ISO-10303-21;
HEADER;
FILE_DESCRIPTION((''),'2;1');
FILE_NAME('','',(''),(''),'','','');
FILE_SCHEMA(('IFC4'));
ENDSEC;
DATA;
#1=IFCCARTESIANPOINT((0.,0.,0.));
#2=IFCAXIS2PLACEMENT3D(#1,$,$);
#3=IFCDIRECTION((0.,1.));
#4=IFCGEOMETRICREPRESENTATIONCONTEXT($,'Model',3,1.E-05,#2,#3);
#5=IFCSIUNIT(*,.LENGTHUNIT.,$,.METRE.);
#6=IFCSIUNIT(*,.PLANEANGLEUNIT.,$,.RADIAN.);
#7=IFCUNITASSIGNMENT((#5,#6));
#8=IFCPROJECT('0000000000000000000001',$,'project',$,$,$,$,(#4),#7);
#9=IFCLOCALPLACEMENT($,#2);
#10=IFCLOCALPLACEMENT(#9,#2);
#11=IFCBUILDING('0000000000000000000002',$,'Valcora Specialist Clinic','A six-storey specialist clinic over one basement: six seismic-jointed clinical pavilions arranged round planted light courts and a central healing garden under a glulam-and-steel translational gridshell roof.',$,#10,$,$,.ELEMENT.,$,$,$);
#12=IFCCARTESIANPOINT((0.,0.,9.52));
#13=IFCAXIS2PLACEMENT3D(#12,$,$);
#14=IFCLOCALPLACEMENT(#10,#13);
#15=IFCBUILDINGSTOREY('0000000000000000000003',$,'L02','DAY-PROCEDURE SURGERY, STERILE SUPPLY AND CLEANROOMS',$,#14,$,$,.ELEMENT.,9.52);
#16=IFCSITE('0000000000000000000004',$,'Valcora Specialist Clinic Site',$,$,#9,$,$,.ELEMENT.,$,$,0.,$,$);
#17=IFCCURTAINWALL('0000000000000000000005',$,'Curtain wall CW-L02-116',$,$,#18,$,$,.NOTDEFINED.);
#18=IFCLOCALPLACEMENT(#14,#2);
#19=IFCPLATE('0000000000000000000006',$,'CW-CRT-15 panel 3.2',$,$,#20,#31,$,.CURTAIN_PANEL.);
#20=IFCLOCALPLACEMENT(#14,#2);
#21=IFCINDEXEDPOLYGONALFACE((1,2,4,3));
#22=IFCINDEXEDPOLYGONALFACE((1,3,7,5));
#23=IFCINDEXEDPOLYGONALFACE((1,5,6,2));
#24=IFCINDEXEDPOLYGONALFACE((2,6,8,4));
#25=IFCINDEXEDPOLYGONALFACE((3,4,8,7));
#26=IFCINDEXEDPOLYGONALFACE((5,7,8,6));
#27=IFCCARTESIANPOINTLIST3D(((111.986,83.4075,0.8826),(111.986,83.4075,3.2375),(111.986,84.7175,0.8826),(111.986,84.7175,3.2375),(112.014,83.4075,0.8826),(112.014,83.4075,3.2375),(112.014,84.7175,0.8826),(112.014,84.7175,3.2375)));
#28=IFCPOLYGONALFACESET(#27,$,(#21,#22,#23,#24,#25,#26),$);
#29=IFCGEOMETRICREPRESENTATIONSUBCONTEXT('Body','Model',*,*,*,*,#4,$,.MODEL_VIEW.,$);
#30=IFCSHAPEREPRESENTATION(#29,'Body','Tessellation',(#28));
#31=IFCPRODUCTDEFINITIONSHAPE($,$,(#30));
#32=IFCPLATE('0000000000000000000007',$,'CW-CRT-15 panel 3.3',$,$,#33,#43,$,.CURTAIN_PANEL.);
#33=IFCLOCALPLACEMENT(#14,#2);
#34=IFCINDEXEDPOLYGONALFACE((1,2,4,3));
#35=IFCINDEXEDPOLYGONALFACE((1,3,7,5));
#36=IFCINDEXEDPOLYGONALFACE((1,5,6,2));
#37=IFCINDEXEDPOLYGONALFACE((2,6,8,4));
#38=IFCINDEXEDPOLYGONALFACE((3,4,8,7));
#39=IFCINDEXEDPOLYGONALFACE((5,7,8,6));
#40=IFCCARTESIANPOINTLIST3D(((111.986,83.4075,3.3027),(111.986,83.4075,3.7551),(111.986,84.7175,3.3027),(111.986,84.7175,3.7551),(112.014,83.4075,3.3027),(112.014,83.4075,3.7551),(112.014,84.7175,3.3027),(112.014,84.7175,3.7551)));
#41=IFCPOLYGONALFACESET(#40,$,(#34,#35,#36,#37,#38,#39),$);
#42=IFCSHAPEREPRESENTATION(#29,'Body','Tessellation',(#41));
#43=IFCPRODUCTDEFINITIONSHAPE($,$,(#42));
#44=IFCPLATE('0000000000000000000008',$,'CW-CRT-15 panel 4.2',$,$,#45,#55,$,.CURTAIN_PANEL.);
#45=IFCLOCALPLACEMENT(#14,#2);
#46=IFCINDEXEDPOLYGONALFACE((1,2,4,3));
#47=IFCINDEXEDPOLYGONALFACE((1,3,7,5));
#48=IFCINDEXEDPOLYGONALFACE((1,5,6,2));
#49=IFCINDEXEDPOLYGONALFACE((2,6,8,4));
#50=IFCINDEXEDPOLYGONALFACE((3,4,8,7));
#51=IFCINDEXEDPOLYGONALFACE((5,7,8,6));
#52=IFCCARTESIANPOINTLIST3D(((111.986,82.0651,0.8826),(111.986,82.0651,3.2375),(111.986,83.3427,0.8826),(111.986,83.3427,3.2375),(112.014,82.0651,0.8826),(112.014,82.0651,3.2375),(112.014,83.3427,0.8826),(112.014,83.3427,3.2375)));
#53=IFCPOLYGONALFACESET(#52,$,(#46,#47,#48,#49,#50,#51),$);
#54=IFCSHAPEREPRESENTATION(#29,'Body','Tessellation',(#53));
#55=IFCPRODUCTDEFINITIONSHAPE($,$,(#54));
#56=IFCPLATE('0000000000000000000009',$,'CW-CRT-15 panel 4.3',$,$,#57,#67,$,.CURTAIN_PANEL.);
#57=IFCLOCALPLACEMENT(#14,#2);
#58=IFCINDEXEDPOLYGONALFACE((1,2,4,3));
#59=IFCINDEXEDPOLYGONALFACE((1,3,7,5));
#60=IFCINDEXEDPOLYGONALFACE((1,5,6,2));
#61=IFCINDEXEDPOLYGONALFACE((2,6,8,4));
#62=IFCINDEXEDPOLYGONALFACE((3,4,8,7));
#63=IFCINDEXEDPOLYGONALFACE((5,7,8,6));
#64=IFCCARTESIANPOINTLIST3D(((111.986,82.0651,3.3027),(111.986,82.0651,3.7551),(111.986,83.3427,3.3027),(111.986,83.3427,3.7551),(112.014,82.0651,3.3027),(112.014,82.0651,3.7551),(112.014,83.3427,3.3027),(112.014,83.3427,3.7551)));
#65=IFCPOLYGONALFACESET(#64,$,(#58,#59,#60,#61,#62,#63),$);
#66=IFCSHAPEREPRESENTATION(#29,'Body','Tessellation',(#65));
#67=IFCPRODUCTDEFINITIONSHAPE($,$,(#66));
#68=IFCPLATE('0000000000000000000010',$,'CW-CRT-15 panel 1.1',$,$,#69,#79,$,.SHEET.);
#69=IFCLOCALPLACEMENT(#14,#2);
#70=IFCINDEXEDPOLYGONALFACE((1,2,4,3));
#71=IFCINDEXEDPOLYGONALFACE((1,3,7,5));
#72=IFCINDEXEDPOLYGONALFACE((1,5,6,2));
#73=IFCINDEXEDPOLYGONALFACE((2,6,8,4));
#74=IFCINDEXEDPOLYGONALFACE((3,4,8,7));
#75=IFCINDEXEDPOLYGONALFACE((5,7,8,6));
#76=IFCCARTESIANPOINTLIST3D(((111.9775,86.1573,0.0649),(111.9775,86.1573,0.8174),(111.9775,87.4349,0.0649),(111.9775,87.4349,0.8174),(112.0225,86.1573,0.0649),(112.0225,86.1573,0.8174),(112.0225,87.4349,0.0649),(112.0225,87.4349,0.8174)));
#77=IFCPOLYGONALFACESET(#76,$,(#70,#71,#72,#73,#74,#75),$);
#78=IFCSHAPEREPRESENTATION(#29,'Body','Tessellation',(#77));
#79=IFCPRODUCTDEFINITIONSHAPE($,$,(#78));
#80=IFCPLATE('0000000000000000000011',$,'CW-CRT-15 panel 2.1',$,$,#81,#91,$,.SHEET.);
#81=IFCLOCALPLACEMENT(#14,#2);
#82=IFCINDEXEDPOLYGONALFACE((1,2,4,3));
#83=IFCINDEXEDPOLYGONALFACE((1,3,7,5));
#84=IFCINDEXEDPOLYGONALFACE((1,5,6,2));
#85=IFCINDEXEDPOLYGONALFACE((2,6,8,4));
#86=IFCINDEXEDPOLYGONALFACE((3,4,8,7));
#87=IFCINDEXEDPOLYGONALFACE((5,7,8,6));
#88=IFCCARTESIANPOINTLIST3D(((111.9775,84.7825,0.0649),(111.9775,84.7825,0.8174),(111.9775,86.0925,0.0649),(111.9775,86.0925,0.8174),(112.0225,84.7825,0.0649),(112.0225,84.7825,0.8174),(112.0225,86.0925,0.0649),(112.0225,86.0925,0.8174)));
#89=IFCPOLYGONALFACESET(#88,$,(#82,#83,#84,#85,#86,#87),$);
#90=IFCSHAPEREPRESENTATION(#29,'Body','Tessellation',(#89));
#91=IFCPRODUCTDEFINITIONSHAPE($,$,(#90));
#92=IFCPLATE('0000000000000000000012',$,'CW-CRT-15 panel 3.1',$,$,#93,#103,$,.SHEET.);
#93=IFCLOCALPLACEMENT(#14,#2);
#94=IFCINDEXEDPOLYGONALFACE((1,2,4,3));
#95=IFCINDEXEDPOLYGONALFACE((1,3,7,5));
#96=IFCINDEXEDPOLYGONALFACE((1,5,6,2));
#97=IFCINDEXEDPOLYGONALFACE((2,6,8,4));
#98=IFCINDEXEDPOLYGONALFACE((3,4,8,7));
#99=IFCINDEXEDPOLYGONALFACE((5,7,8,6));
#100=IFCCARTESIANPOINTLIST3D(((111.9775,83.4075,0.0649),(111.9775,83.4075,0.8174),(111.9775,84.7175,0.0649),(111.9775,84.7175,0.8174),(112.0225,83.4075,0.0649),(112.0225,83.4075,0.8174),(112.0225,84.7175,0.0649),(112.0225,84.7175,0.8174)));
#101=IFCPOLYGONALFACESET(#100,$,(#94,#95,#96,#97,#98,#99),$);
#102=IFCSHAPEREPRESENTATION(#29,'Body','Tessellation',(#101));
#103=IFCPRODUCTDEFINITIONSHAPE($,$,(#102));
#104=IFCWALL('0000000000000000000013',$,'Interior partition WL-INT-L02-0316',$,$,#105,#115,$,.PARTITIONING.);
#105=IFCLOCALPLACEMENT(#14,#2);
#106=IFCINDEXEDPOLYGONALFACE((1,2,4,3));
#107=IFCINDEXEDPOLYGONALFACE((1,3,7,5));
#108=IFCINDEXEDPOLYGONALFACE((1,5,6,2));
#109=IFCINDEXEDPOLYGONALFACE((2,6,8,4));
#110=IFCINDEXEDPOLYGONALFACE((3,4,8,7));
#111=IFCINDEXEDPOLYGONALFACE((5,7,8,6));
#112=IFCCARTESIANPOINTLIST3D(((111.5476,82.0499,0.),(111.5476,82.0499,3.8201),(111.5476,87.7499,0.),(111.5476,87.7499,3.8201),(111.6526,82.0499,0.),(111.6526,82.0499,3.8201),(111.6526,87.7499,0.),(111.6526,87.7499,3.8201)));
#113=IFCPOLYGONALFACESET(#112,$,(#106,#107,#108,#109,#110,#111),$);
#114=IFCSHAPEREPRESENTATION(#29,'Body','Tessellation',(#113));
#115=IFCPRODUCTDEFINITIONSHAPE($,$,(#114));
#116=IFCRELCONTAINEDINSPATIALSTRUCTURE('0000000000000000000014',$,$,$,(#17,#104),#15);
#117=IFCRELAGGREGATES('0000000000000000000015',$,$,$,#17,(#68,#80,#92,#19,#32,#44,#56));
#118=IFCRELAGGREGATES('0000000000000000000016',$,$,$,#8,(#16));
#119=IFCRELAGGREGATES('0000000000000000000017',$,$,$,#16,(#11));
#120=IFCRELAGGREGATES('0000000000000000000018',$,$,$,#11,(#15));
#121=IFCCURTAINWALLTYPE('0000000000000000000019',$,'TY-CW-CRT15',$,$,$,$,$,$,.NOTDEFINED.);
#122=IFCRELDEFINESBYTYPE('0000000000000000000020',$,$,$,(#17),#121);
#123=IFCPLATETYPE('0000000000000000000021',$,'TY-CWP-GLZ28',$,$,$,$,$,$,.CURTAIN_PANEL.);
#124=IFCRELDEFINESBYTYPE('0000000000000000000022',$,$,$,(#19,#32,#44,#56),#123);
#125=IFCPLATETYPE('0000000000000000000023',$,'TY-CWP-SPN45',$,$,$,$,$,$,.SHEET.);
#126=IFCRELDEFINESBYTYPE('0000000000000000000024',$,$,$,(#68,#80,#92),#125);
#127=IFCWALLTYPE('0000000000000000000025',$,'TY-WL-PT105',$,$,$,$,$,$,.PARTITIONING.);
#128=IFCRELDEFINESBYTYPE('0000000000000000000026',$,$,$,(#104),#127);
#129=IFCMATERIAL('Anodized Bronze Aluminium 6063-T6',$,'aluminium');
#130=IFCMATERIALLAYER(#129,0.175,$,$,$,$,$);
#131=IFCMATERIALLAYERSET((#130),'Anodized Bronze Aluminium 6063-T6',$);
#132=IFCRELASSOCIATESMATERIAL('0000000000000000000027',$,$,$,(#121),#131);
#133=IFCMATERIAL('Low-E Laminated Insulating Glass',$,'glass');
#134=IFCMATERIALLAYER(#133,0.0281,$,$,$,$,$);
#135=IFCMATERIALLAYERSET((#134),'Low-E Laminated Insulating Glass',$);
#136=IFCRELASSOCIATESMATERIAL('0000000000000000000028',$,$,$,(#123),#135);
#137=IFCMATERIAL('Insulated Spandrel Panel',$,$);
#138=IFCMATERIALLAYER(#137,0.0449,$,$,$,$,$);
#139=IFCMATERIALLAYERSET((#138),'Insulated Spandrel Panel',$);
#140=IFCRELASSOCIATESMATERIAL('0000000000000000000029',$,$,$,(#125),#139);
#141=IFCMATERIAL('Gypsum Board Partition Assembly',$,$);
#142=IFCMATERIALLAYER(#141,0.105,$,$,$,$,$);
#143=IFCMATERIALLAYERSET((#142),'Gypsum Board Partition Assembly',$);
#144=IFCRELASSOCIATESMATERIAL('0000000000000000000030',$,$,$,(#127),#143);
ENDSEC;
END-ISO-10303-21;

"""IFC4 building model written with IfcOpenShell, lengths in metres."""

from ifc_helpers import new_model, si_unit, direction, frame, frame_2d, origin, origin_2d, place, context, subcontext, project, spatial, rectangle, extrude, material, layer, layer_set, type_object, element, aggregate, save


model = new_model("IFC4")

# Units and contexts
model_context = context("Model", 3, precision=1e-05, world=origin(), true_north=direction((0.0, 1.0)))
body_context = subcontext(model_context, "Body", "Model", "MODEL_VIEW")
ifc_project = project(units=[si_unit("LENGTHUNIT", "METRE"), si_unit("PLANEANGLEUNIT", "RADIAN")], contexts=[model_context])

# Site, building, storey
site_placement = place(None, origin())
site = spatial("IfcSite", under=ifc_project, at=site_placement, Name="Valcora Specialist Clinic Site", CompositionType="ELEMENT", RefElevation=0.0)
building_placement = place(site_placement, origin())
building = spatial("IfcBuilding", under=site, at=building_placement, Name="Valcora Specialist Clinic", Description="A six-storey specialist clinic over one basement: six seismic-jointed clinical pavilions arranged round planted light courts and a central healing garden under a glulam-and-steel translational gridshell roof.", CompositionType="ELEMENT")
storey_placement = place(building_placement, frame((0.0, 0.0, 9.52)))
storey = spatial("IfcBuildingStorey", under=building, at=storey_placement, Name="L02", Description="DAY-PROCEDURE SURGERY, STERILE SUPPLY AND CLEANROOMS", CompositionType="ELEMENT", Elevation=9.52)

# Curtain wall, plates
ifc_material_1 = material(Name="Anodized Bronze Aluminium 6063-T6", Category="aluminium")
ifc_layer_1 = layer(ifc_material_1, 0.175)
ifc_layer_set_1 = layer_set([ifc_layer_1], Name="Anodized Bronze Aluminium 6063-T6")
curtain_wall_type = type_object("IfcCurtainWallType", Name="TY-CW-CRT15", PredefinedType="NOTDEFINED", material=ifc_layer_set_1)
curtain_wall_placement = place(storey_placement, origin())
curtain_wall = element("IfcCurtainWall", 1, at=curtain_wall_placement, inside=storey, type_object=curtain_wall_type, Name="Curtain wall CW-L02-116", PredefinedType="NOTDEFINED")
ifc_material_2 = material(Name="Low-E Laminated Insulating Glass", Category="glass")
ifc_layer_2 = layer(ifc_material_2, 0.0281)
ifc_layer_set_2 = layer_set([ifc_layer_2], Name="Low-E Laminated Insulating Glass")
plate_type_1 = type_object("IfcPlateType", Name="TY-CWP-GLZ28", PredefinedType="CURTAIN_PANEL", material=ifc_layer_set_2)
plate_1_placement = place(storey_placement, frame((112.0, 84.0625, 0.8826), z_axis=(0.0, 0.0, 1.0), x_axis=(0.0, -1.0, 0.0)))
plate_1 = element("IfcPlate", 2, at=plate_1_placement, type_object=plate_type_1, Name="CW-CRT-15 panel 3.2", PredefinedType="CURTAIN_PANEL", context=body_context, shape_type="SweptSolid", body=[
    extrude(rectangle(XDim=1.3101, YDim=0.0281, at=origin_2d()), origin(), (0.0, 0.0, 1.0), 2.355),
])
plate_2_placement = place(storey_placement, frame((112.0, 84.0625, 3.3027), z_axis=(0.0, 0.0, 1.0), x_axis=(0.0, -1.0, 0.0)))
plate_2 = element("IfcPlate", 3, at=plate_2_placement, type_object=plate_type_1, Name="CW-CRT-15 panel 3.3", PredefinedType="CURTAIN_PANEL", context=body_context, shape_type="SweptSolid", body=[
    extrude(rectangle(XDim=1.3101, YDim=0.0281, at=origin_2d()), origin(), (0.0, 0.0, 1.0), 0.4524),
])
plate_3_placement = place(storey_placement, frame((112.0, 82.7039, 0.8826), z_axis=(0.0, 0.0, 1.0), x_axis=(0.0, -1.0, 0.0)))
plate_3 = element("IfcPlate", 4, at=plate_3_placement, type_object=plate_type_1, Name="CW-CRT-15 panel 4.2", PredefinedType="CURTAIN_PANEL", context=body_context, shape_type="SweptSolid", body=[
    extrude(rectangle(XDim=1.2776, YDim=0.0281, at=origin_2d()), origin(), (0.0, 0.0, 1.0), 2.355),
])
plate_4_placement = place(storey_placement, frame((112.0, 82.7039, 3.3027), z_axis=(0.0, 0.0, 1.0), x_axis=(0.0, -1.0, 0.0)))
plate_4 = element("IfcPlate", 5, at=plate_4_placement, type_object=plate_type_1, Name="CW-CRT-15 panel 4.3", PredefinedType="CURTAIN_PANEL", context=body_context, shape_type="SweptSolid", body=[
    extrude(rectangle(XDim=1.2776, YDim=0.0281, at=origin_2d()), origin(), (0.0, 0.0, 1.0), 0.4524),
])
ifc_material_3 = material(Name="Insulated Spandrel Panel")
ifc_layer_3 = layer(ifc_material_3, 0.0449)
ifc_layer_set_3 = layer_set([ifc_layer_3], Name="Insulated Spandrel Panel")
plate_type_2 = type_object("IfcPlateType", Name="TY-CWP-SPN45", PredefinedType="SHEET", material=ifc_layer_set_3)
plate_5_placement = place(storey_placement, frame((112.0, 86.7961, 0.0649), z_axis=(0.0, 0.0, 1.0), x_axis=(0.0, -1.0, 0.0)))
plate_5 = element("IfcPlate", 6, at=plate_5_placement, type_object=plate_type_2, Name="CW-CRT-15 panel 1.1", PredefinedType="SHEET", context=body_context, shape_type="SweptSolid", body=[
    extrude(rectangle(XDim=1.2776, YDim=0.0449, at=origin_2d()), origin(), (0.0, 0.0, 1.0), 0.7524),
])
plate_6_placement = place(storey_placement, frame((112.0, 85.4375, 0.0649), z_axis=(0.0, 0.0, 1.0), x_axis=(0.0, -1.0, 0.0)))
plate_6 = element("IfcPlate", 7, at=plate_6_placement, type_object=plate_type_2, Name="CW-CRT-15 panel 2.1", PredefinedType="SHEET", context=body_context, shape_type="SweptSolid", body=[
    extrude(rectangle(XDim=1.3101, YDim=0.0449, at=origin_2d()), origin(), (0.0, 0.0, 1.0), 0.7524),
])
plate_7_placement = place(storey_placement, frame((112.0, 84.0625, 0.0649), z_axis=(0.0, 0.0, 1.0), x_axis=(0.0, -1.0, 0.0)))
plate_7 = element("IfcPlate", 8, at=plate_7_placement, type_object=plate_type_2, Name="CW-CRT-15 panel 3.1", PredefinedType="SHEET", context=body_context, shape_type="SweptSolid", body=[
    extrude(rectangle(XDim=1.3101, YDim=0.0449, at=origin_2d()), origin(), (0.0, 0.0, 1.0), 0.7524),
])
aggregate(curtain_wall, [plate_5, plate_6, plate_7, plate_1, plate_2, plate_3, plate_4])

# Wall
ifc_material_4 = material(Name="Gypsum Board Partition Assembly")
ifc_layer_4 = layer(ifc_material_4, 0.105)
ifc_layer_set_4 = layer_set([ifc_layer_4], Name="Gypsum Board Partition Assembly")
wall_type = type_object("IfcWallType", Name="TY-WL-PT105", PredefinedType="PARTITIONING", material=ifc_layer_set_4)
wall_placement = place(storey_placement, frame((111.6001, 87.75, 0.0), z_axis=(0.0, 0.0, 1.0), x_axis=(0.0, -1.0, 0.0)))
element("IfcWall", 9, at=wall_placement, inside=storey, type_object=wall_type, Name="Interior partition WL-INT-L02-0316", PredefinedType="PARTITIONING", context=body_context, shape_type="SweptSolid", body=[
    extrude(rectangle(XDim=5.7, YDim=0.105, at=frame_2d((2.8501, 0.0))), origin(), (0.0, 0.0, 1.0), 3.8201),
])

save(model, "model.ifc")
